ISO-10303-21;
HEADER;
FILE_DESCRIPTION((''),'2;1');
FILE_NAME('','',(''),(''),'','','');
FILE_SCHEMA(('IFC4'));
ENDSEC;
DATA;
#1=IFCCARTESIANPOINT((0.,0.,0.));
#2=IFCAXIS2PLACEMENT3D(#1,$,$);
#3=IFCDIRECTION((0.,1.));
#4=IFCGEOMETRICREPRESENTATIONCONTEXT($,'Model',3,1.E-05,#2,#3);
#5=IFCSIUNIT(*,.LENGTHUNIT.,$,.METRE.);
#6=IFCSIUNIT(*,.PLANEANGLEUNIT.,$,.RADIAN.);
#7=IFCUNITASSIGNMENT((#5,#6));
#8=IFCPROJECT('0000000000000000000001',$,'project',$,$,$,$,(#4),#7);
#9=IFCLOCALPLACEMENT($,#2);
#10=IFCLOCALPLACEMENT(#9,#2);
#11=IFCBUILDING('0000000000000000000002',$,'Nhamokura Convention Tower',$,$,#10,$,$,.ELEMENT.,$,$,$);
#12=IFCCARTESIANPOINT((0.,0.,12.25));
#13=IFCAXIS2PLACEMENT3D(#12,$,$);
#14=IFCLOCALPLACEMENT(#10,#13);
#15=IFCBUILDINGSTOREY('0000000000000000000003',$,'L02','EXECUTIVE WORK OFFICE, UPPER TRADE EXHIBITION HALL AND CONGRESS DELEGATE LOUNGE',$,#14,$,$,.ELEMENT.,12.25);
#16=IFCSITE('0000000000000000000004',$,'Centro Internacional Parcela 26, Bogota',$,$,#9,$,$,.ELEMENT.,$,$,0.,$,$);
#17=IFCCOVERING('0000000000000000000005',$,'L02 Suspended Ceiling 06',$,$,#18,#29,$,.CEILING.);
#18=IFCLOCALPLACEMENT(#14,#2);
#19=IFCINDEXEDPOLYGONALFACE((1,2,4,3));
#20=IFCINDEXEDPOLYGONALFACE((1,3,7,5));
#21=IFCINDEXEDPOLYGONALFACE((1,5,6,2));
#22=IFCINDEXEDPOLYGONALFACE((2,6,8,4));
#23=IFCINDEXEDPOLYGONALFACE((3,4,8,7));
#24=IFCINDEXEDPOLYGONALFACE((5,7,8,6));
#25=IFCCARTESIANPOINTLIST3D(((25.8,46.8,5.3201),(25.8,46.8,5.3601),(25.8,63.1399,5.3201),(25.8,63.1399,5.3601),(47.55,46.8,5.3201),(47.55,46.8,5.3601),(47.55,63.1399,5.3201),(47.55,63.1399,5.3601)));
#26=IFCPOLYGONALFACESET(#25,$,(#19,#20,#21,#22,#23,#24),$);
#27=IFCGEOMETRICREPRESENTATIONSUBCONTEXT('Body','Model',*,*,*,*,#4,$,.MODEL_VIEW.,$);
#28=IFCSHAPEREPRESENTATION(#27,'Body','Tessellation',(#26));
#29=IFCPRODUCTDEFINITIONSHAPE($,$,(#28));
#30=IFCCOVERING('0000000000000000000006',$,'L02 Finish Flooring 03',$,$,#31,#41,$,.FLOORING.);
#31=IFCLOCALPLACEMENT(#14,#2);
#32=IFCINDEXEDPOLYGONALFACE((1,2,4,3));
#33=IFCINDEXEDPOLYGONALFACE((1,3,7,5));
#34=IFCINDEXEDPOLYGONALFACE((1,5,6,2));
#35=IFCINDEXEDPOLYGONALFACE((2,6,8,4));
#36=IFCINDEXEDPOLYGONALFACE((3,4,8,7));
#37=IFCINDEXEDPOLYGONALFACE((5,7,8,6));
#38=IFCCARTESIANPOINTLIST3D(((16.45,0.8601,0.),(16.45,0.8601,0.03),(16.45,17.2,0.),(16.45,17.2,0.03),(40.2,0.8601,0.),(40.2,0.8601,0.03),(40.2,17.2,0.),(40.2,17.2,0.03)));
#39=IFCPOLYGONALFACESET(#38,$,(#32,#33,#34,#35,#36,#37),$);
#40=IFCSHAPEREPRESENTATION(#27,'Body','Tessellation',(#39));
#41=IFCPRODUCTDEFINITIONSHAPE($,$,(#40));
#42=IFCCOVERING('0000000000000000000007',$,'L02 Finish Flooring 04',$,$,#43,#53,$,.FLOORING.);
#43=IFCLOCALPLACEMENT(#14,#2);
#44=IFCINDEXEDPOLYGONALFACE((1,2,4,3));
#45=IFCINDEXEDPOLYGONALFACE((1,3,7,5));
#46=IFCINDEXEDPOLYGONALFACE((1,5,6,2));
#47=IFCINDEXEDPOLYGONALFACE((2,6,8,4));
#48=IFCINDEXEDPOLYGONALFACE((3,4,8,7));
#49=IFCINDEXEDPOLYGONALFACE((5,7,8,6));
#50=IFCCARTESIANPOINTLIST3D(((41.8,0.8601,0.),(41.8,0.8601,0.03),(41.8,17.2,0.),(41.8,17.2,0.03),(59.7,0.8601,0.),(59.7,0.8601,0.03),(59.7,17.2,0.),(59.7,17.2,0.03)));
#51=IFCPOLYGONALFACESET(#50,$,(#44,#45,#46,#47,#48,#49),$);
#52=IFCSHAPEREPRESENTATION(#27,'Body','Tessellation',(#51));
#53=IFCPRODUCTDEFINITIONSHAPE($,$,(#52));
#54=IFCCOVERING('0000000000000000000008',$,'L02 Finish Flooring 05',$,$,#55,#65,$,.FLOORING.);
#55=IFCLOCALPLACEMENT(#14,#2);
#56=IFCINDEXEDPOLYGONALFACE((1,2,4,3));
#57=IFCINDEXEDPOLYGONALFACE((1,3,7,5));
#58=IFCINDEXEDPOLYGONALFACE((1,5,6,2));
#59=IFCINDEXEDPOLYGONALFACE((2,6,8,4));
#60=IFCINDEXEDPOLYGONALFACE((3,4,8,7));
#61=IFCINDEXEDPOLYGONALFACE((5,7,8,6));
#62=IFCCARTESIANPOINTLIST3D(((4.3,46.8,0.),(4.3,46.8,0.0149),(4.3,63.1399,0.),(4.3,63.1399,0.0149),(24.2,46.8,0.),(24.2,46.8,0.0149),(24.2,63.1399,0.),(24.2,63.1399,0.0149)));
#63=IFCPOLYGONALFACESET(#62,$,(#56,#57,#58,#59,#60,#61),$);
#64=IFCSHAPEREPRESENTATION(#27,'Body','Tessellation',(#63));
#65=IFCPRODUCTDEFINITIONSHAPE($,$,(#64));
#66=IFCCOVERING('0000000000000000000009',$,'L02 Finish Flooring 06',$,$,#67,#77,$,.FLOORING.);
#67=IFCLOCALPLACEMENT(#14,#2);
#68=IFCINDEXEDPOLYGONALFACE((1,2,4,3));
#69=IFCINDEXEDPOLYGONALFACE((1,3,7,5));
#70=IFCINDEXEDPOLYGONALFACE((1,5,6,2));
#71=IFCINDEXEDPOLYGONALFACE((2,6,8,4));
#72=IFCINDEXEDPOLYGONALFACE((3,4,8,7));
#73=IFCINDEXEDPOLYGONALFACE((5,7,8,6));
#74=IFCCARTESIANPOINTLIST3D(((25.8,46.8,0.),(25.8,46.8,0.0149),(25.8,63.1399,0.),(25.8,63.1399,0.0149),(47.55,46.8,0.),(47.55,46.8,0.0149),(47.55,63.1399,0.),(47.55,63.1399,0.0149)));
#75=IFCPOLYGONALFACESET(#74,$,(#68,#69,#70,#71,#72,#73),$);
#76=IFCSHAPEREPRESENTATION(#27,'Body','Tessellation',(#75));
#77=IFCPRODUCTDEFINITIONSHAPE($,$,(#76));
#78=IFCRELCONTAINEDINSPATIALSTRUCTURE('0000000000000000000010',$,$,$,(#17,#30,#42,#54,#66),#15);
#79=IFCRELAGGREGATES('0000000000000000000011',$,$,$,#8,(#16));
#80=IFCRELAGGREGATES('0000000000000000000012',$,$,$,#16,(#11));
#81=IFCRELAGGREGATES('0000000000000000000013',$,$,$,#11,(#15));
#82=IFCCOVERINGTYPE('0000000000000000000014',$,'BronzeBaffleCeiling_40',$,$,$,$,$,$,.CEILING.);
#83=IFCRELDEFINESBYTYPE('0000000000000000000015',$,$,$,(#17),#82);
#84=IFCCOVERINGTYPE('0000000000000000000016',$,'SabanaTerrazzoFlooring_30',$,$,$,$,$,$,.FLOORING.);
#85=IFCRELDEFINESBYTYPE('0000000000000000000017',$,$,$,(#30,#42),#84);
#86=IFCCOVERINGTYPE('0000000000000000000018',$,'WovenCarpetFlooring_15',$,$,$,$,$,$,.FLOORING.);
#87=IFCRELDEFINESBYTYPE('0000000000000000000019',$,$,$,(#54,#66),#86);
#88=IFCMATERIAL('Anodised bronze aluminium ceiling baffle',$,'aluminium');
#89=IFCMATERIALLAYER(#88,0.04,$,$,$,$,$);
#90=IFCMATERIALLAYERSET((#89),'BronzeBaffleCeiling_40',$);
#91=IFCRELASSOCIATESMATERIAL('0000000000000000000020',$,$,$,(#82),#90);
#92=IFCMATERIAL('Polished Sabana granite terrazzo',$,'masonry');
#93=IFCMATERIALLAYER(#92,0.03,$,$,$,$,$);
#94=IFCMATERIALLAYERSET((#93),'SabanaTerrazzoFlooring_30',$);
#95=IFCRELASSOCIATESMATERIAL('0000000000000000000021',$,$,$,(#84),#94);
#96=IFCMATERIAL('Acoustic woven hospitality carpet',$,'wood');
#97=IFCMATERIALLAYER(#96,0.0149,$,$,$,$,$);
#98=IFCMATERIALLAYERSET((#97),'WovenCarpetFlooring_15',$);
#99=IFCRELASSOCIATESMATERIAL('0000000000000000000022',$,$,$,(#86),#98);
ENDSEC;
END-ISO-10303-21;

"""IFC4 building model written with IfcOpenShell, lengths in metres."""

from ifc_helpers import new_model, si_unit, direction, frame, origin, place, context, subcontext, project, spatial, polyline, outline, extrude, material, layer, layer_set, type_object, element, save


model = new_model("IFC4")

# Units and contexts
model_context = context("Model", 3, precision=1e-05, world=origin(), true_north=direction((0.0, 1.0)))
body_context = subcontext(model_context, "Body", "Model", "MODEL_VIEW")
ifc_project = project(units=[si_unit("LENGTHUNIT", "METRE"), si_unit("PLANEANGLEUNIT", "RADIAN")], contexts=[model_context])

# Site, building, storey
site_placement = place(None, origin())
site = spatial("IfcSite", under=ifc_project, at=site_placement, Name="Centro Internacional Parcela 26, Bogota", CompositionType="ELEMENT", RefElevation=0.0)
building_placement = place(site_placement, origin())
building = spatial("IfcBuilding", under=site, at=building_placement, Name="Nhamokura Convention Tower", CompositionType="ELEMENT")
storey_placement = place(building_placement, frame((0.0, 0.0, 12.25)))
storey = spatial("IfcBuildingStorey", under=building, at=storey_placement, Name="L02", Description="EXECUTIVE WORK OFFICE, UPPER TRADE EXHIBITION HALL AND CONGRESS DELEGATE LOUNGE", CompositionType="ELEMENT", Elevation=12.25)

# Coverings
ifc_material_1 = material(Name="Anodised bronze aluminium ceiling baffle", Category="aluminium")
ifc_layer_1 = layer(ifc_material_1, 0.04)
ifc_layer_set_1 = layer_set([ifc_layer_1], Name="BronzeBaffleCeiling_40")
covering_type_1 = type_object("IfcCoveringType", Name="BronzeBaffleCeiling_40", PredefinedType="CEILING", material=ifc_layer_set_1)
covering_1_placement = place(storey_placement, frame((0.0, 0.0, 5.3201)))
element("IfcCovering", 1, at=covering_1_placement, inside=storey, type_object=covering_type_1, Name="L02 Suspended Ceiling 06", PredefinedType="CEILING", context=body_context, shape_type="SweptSolid", body=[
    extrude(outline(polyline([(25.8, 46.8), (47.55, 46.8), (47.55, 63.1399), (25.8, 63.1399), (25.8, 46.8)])), origin(), (0.0, 0.0, 1.0), 0.04),
])
ifc_material_2 = material(Name="Polished Sabana granite terrazzo", Category="masonry")
ifc_layer_2 = layer(ifc_material_2, 0.03)
ifc_layer_set_2 = layer_set([ifc_layer_2], Name="SabanaTerrazzoFlooring_30")
covering_type_2 = type_object("IfcCoveringType", Name="SabanaTerrazzoFlooring_30", PredefinedType="FLOORING", material=ifc_layer_set_2)
covering_2_placement = place(storey_placement, origin())
element("IfcCovering", 2, at=covering_2_placement, inside=storey, type_object=covering_type_2, Name="L02 Finish Flooring 03", PredefinedType="FLOORING", context=body_context, shape_type="SweptSolid", body=[
    extrude(outline(polyline([(16.45, 0.8601), (40.2, 0.8601), (40.2, 17.2), (16.45, 17.2), (16.45, 0.8601)])), origin(), (0.0, 0.0, 1.0), 0.03),
])
covering_3_placement = place(storey_placement, origin())
element("IfcCovering", 3, at=covering_3_placement, inside=storey, type_object=covering_type_2, Name="L02 Finish Flooring 04", PredefinedType="FLOORING", context=body_context, shape_type="SweptSolid", body=[
    extrude(outline(polyline([(41.8, 0.8601), (59.7, 0.8601), (59.7, 17.2), (41.8, 17.2), (41.8, 0.8601)])), origin(), (0.0, 0.0, 1.0), 0.03),
])
ifc_material_3 = material(Name="Acoustic woven hospitality carpet", Category="wood")
ifc_layer_3 = layer(ifc_material_3, 0.0149)
ifc_layer_set_3 = layer_set([ifc_layer_3], Name="WovenCarpetFlooring_15")
covering_type_3 = type_object("IfcCoveringType", Name="WovenCarpetFlooring_15", PredefinedType="FLOORING", material=ifc_layer_set_3)
covering_4_placement = place(storey_placement, origin())
element("IfcCovering", 4, at=covering_4_placement, inside=storey, type_object=covering_type_3, Name="L02 Finish Flooring 05", PredefinedType="FLOORING", context=body_context, shape_type="SweptSolid", body=[
    extrude(outline(polyline([(4.3, 46.8), (24.2, 46.8), (24.2, 63.1399), (4.3, 63.1399), (4.3, 46.8)])), origin(), (0.0, 0.0, 1.0), 0.0149),
])
covering_5_placement = place(storey_placement, origin())
element("IfcCovering", 5, at=covering_5_placement, inside=storey, type_object=covering_type_3, Name="L02 Finish Flooring 06", PredefinedType="FLOORING", context=body_context, shape_type="SweptSolid", body=[
    extrude(outline(polyline([(25.8, 46.8), (47.55, 46.8), (47.55, 63.1399), (25.8, 63.1399), (25.8, 46.8)])), origin(), (0.0, 0.0, 1.0), 0.0149),
])

save(model, "model.ifc")
